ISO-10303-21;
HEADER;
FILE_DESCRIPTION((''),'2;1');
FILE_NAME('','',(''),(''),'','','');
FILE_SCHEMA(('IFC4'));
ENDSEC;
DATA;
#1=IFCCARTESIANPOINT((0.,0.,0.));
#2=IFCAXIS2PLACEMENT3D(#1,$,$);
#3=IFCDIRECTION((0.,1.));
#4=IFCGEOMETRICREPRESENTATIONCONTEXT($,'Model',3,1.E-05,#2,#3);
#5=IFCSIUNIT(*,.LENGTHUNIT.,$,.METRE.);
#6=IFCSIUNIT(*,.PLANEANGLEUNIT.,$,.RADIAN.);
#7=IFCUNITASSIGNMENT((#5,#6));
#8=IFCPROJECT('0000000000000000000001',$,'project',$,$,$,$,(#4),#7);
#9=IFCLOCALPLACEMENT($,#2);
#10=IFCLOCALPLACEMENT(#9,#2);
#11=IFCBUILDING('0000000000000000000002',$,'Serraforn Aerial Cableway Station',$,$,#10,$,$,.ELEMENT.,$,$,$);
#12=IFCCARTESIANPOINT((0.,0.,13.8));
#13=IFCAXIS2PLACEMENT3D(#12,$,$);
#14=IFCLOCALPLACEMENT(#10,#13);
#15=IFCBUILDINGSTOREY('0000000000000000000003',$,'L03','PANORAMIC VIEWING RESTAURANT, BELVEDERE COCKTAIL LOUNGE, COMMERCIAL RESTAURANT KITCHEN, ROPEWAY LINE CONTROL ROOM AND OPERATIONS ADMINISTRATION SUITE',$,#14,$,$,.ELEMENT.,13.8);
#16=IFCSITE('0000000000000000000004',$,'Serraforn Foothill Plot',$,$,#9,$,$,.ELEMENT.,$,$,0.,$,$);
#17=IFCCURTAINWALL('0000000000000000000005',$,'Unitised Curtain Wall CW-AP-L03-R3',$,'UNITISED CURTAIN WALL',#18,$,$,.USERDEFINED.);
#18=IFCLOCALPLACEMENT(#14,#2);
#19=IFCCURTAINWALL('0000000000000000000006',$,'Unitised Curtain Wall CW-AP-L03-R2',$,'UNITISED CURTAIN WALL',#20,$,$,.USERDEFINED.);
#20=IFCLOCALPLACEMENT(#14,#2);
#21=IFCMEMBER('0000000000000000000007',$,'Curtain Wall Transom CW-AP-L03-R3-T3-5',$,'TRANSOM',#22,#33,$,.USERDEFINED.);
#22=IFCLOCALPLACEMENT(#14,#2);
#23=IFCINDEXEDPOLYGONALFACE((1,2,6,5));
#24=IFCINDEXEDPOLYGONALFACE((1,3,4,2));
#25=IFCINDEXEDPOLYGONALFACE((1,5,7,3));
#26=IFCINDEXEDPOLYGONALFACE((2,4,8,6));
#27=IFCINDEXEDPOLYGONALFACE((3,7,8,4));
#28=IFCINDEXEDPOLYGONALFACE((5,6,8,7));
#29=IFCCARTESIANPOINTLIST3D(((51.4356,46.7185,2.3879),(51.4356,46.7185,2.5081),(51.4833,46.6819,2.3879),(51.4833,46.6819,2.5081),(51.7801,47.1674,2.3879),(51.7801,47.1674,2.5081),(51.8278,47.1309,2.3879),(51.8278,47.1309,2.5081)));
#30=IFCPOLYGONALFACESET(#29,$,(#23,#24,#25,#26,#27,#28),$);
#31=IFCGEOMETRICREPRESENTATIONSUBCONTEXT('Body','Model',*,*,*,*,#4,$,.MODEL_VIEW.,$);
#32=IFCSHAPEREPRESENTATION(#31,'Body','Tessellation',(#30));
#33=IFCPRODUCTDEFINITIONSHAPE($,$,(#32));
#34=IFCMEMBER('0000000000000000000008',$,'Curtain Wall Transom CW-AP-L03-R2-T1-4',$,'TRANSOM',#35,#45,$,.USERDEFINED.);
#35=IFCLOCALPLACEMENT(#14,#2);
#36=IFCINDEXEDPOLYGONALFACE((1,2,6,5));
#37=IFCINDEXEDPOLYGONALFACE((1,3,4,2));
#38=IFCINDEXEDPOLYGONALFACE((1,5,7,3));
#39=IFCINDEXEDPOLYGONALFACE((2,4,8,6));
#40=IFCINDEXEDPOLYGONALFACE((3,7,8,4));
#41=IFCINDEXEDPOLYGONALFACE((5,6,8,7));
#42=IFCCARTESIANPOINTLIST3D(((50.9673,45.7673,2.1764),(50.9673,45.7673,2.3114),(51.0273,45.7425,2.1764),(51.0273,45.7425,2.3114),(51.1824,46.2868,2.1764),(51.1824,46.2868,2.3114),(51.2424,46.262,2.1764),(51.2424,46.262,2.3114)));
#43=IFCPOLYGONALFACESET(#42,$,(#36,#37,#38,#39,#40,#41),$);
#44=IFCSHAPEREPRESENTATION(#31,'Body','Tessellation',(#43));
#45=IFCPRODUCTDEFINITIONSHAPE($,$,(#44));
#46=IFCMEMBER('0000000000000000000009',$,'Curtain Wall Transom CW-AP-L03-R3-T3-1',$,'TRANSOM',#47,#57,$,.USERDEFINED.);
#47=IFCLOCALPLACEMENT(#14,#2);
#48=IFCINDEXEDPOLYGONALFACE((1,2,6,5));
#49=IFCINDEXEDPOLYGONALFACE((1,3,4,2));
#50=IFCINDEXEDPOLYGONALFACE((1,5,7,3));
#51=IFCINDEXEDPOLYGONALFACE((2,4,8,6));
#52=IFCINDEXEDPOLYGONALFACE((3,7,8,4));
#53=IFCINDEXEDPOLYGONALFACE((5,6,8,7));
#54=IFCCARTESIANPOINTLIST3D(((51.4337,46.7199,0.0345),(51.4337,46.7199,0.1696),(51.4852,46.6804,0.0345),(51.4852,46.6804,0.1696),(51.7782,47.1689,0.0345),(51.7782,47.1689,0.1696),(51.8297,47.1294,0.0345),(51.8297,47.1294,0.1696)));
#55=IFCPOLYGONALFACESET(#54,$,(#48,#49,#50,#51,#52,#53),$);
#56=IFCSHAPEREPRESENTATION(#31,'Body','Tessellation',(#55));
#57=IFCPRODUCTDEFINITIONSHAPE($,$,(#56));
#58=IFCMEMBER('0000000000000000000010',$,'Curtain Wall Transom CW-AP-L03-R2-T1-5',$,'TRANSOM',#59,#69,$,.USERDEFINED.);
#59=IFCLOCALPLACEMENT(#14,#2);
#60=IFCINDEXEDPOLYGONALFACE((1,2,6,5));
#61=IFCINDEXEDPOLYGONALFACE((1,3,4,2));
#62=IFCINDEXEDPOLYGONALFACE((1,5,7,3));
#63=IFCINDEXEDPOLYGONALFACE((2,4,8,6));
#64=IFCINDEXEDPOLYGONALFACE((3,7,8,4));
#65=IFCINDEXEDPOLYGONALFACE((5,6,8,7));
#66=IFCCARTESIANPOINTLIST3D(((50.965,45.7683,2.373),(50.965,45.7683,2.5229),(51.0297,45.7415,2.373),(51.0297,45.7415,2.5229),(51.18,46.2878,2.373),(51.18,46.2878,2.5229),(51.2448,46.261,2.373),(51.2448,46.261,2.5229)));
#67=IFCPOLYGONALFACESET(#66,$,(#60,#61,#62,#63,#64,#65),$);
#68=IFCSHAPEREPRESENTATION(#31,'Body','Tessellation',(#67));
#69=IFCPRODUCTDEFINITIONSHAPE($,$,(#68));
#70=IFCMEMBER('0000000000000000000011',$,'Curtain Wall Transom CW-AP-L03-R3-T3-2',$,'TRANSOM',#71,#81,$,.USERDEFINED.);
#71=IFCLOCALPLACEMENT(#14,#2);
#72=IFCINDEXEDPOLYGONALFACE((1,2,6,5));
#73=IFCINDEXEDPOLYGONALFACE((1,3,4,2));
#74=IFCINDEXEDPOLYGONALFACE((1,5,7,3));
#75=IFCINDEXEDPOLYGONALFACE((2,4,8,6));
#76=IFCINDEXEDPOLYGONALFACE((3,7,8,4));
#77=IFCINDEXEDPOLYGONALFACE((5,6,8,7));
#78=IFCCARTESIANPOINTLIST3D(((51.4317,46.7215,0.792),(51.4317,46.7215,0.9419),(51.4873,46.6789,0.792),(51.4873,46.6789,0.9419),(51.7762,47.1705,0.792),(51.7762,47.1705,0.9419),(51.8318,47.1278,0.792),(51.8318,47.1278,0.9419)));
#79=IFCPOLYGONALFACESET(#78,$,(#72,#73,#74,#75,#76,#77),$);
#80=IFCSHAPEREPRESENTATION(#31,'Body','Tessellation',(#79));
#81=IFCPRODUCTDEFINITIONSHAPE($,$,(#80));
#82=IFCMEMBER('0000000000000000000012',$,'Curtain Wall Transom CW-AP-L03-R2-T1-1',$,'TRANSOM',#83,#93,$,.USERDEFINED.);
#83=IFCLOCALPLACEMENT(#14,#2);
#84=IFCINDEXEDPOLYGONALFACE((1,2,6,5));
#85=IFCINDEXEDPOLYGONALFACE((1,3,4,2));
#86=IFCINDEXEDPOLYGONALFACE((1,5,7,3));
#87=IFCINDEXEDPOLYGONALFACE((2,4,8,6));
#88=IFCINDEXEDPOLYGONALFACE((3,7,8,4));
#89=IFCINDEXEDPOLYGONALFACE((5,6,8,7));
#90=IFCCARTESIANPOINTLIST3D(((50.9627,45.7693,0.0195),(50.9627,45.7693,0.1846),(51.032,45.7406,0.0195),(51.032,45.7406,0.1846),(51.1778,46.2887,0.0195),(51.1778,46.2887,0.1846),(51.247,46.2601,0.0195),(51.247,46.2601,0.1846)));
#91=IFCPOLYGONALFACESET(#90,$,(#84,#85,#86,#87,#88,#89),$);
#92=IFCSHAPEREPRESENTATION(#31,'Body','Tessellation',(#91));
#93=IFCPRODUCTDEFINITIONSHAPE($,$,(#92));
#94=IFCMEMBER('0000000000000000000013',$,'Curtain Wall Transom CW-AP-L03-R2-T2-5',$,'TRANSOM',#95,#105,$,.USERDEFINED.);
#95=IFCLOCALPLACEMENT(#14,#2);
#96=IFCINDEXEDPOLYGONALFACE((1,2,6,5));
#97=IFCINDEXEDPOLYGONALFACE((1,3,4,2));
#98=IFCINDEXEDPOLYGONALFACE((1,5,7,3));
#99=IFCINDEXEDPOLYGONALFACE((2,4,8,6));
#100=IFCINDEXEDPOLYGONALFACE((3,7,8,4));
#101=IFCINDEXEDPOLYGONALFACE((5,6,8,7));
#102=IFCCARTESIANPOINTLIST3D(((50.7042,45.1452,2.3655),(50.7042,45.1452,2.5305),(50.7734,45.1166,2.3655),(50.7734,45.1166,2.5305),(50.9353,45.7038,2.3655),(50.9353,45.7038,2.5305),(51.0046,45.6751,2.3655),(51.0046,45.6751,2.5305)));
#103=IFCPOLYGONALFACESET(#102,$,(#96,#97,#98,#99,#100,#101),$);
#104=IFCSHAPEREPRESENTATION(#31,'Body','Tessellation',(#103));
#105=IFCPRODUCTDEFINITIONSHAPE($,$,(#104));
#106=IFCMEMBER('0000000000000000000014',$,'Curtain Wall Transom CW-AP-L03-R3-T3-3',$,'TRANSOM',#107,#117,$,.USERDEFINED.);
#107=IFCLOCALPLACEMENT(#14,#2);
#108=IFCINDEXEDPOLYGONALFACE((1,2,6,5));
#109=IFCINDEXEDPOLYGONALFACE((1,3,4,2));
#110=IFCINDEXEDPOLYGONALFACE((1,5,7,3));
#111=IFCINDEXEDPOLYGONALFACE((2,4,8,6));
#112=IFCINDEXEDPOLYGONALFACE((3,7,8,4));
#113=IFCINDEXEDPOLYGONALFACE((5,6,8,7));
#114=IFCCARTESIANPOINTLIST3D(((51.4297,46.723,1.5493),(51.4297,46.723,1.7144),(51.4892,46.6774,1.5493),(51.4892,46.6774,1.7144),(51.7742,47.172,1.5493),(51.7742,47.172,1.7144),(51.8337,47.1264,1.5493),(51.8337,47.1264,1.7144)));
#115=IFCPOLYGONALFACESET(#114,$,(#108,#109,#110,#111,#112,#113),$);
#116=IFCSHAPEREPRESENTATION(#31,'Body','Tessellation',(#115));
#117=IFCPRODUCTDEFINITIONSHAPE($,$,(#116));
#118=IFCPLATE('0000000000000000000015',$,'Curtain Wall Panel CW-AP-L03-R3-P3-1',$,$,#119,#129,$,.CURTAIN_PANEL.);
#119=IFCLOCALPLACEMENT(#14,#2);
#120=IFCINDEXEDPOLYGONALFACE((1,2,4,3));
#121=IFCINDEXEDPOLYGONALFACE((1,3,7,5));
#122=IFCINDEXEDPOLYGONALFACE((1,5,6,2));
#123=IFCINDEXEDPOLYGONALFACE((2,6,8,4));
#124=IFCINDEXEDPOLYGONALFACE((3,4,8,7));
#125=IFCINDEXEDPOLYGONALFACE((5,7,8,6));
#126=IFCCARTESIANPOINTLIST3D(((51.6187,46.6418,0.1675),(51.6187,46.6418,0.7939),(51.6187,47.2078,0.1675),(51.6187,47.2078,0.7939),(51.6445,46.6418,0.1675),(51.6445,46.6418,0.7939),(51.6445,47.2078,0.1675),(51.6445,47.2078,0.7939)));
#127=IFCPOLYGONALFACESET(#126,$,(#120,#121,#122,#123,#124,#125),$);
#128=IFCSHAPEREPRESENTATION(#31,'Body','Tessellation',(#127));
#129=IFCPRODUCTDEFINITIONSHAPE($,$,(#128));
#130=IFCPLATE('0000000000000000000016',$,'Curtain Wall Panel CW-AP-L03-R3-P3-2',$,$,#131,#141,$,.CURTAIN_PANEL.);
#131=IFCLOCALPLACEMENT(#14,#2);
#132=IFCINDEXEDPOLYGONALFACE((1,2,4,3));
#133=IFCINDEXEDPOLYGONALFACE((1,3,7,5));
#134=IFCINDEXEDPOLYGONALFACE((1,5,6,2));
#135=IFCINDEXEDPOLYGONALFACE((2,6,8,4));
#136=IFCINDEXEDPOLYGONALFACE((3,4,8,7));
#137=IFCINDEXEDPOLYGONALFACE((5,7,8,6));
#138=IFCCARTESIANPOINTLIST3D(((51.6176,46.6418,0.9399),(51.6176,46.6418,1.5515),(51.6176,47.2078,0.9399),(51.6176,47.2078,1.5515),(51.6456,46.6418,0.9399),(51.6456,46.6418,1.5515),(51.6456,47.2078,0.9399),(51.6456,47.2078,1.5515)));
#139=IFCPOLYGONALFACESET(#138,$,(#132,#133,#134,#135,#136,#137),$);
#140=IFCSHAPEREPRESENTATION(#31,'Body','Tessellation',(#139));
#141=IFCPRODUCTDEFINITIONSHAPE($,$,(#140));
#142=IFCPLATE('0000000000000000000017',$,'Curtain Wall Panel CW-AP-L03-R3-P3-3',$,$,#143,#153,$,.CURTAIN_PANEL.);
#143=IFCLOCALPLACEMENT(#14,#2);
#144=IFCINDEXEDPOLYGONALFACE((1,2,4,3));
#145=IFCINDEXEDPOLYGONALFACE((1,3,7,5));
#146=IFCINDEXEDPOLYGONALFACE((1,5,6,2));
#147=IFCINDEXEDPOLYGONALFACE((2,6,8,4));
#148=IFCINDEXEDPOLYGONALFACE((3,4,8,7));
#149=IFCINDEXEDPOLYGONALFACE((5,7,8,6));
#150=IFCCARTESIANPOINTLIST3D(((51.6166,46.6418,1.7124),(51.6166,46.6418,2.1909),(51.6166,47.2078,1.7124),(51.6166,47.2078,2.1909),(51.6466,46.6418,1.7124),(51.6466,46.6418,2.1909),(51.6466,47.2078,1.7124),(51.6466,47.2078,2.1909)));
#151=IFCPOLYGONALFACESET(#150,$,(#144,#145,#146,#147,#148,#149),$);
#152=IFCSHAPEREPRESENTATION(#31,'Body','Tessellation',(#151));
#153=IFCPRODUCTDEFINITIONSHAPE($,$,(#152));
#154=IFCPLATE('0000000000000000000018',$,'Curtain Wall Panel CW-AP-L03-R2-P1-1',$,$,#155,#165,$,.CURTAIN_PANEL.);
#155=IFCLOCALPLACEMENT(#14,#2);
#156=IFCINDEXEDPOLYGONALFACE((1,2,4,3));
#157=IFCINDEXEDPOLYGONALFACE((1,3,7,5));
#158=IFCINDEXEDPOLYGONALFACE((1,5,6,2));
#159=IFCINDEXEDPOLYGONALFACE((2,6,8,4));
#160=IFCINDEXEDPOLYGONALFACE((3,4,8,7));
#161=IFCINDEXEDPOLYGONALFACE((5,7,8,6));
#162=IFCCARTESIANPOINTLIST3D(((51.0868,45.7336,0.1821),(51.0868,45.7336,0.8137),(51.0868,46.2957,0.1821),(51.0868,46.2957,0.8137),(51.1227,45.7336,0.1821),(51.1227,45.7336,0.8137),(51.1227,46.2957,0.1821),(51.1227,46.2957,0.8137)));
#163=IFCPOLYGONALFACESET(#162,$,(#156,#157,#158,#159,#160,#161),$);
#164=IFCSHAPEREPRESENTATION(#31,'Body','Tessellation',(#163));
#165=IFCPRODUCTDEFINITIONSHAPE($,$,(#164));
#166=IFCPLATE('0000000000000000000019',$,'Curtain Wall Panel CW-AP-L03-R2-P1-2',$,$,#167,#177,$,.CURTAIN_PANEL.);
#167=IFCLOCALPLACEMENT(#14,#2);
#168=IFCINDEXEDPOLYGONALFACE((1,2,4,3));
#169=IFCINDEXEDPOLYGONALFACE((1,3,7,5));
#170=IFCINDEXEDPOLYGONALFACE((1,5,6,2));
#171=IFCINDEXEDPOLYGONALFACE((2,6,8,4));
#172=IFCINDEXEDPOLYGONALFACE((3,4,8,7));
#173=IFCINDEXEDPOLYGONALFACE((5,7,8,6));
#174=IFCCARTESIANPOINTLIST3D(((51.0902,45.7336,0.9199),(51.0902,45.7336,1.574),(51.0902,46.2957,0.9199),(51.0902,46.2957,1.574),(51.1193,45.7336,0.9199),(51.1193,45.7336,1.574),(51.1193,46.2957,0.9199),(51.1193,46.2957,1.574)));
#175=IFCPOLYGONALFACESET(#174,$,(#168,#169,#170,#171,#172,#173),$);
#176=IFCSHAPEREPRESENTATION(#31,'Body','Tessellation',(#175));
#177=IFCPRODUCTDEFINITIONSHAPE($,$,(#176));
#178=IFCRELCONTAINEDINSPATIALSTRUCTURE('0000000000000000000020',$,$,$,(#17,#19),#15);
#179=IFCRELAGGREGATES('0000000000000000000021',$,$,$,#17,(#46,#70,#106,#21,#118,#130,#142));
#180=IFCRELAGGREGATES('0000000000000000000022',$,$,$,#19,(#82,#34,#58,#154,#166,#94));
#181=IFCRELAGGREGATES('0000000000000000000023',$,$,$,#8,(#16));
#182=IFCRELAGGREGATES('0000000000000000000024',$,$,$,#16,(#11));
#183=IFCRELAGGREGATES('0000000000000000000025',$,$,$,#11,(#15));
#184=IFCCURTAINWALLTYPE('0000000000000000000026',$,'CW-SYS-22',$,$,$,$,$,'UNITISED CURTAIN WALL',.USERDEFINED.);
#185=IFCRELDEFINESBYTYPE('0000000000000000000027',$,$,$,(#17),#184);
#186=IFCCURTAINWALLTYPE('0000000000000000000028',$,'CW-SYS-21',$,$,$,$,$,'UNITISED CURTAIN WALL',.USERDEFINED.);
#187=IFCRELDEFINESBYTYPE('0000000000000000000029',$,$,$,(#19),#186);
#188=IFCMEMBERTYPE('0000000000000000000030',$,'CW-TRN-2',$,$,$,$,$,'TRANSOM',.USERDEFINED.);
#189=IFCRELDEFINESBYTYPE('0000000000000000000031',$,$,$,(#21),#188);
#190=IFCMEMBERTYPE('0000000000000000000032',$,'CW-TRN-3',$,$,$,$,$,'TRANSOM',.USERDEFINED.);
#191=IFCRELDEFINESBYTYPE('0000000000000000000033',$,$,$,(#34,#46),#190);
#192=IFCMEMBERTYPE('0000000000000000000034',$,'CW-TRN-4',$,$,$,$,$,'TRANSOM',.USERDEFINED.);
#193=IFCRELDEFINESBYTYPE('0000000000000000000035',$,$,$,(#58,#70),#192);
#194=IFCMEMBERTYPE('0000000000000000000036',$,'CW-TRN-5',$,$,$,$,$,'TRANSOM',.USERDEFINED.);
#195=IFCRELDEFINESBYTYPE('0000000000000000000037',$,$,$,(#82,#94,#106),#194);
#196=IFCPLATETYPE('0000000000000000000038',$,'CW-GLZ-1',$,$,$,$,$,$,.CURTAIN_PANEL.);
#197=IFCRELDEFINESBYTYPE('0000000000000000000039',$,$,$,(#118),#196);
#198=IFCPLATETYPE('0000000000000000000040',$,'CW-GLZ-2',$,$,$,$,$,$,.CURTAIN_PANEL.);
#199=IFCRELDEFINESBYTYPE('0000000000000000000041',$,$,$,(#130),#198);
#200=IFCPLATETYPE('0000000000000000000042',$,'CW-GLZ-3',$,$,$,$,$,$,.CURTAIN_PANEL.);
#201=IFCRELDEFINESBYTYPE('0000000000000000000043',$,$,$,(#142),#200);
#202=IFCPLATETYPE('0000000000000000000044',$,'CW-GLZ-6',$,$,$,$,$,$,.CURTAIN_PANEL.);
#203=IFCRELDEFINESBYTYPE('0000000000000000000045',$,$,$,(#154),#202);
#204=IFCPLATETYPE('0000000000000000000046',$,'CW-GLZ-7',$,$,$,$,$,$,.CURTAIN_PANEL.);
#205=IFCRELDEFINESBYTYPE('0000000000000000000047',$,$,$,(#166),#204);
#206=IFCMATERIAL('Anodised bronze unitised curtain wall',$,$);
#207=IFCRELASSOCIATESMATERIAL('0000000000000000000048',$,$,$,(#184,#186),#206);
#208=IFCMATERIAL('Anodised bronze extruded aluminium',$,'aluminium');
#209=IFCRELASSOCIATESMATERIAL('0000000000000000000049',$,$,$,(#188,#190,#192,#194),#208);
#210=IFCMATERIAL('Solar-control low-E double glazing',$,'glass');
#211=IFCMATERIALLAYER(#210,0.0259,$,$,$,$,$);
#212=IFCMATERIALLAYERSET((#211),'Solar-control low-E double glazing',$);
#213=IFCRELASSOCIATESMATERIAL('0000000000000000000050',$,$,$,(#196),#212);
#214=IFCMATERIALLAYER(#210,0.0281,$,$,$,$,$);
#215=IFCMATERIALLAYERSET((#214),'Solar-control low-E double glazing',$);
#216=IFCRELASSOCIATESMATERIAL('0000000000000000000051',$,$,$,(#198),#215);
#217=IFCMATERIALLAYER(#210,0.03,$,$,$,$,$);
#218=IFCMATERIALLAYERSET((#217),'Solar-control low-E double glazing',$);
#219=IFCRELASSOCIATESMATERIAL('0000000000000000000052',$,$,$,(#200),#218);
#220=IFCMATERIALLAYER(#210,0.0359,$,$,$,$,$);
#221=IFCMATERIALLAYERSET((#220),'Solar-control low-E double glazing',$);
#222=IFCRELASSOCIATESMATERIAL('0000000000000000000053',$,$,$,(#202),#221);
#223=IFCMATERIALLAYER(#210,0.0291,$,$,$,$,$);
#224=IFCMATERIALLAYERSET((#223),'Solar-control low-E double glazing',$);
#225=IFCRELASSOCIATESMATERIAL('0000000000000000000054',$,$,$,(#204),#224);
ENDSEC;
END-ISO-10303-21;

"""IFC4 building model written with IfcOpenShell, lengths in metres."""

from ifc_helpers import new_model, si_unit, direction, frame, origin, origin_2d, place, context, subcontext, project, spatial, rectangle, extrude, material, layer, layer_set, material_profile, profile_set, type_object, element, aggregate, save


model = new_model("IFC4")

# Units and contexts
model_context = context("Model", 3, precision=1e-05, world=origin(), true_north=direction((0.0, 1.0)))
body_context = subcontext(model_context, "Body", "Model", "MODEL_VIEW")
ifc_project = project(units=[si_unit("LENGTHUNIT", "METRE"), si_unit("PLANEANGLEUNIT", "RADIAN")], contexts=[model_context])

# Site, building, storey
site_placement = place(None, origin())
site = spatial("IfcSite", under=ifc_project, at=site_placement, Name="Serraforn Foothill Plot", CompositionType="ELEMENT", RefElevation=0.0)
building_placement = place(site_placement, origin())
building = spatial("IfcBuilding", under=site, at=building_placement, Name="Serraforn Aerial Cableway Station", CompositionType="ELEMENT")
storey_placement = place(building_placement, frame((0.0, 0.0, 13.8)))
storey = spatial("IfcBuildingStorey", under=building, at=storey_placement, Name="L03", Description="PANORAMIC VIEWING RESTAURANT, BELVEDERE COCKTAIL LOUNGE, COMMERCIAL RESTAURANT KITCHEN, ROPEWAY LINE CONTROL ROOM AND OPERATIONS ADMINISTRATION SUITE", CompositionType="ELEMENT", Elevation=13.8)

# Curtain wall
ifc_material_1 = material(Name="Anodised bronze unitised curtain wall")
curtain_wall_type_1 = type_object("IfcCurtainWallType", Name="CW-SYS-22", ElementType="UNITISED CURTAIN WALL", PredefinedType="USERDEFINED", material=ifc_material_1)
curtain_wall_1_placement = place(storey_placement, origin())
curtain_wall_1 = element("IfcCurtainWall", 1, at=curtain_wall_1_placement, inside=storey, type_object=curtain_wall_type_1, Name="Unitised Curtain Wall CW-AP-L03-R3", ObjectType="UNITISED CURTAIN WALL", PredefinedType="USERDEFINED")
ifc_material_2 = material(Name="Anodised bronze extruded aluminium", Category="aluminium")

# Curtain wall
curtain_wall_type_2 = type_object("IfcCurtainWallType", Name="CW-SYS-21", ElementType="UNITISED CURTAIN WALL", PredefinedType="USERDEFINED", material=ifc_material_1)
curtain_wall_2_placement = place(storey_placement, origin())
curtain_wall_2 = element("IfcCurtainWall", 2, at=curtain_wall_2_placement, inside=storey, type_object=curtain_wall_type_2, Name="Unitised Curtain Wall CW-AP-L03-R2", ObjectType="UNITISED CURTAIN WALL", PredefinedType="USERDEFINED")

# Members
ifc_material_profile_1 = material_profile(ifc_material_2, rectangle(XDim=0.0601, YDim=0.1201, at=origin_2d()), Name="CW TRANSOM 60x120")
ifc_profile_set_1 = profile_set([ifc_material_profile_1], Name="Anodised bronze extruded aluminium")
member_type_1 = type_object("IfcMemberType", Name="CW-TRN-2", ElementType="TRANSOM", PredefinedType="USERDEFINED", material=ifc_profile_set_1)
member_1_placement = place(storey_placement, frame((51.804, 47.1492, 2.448), z_axis=(-0.60873, -0.793377, 0.0), x_axis=(0.793377, -0.60873, 0.0)))
member_1 = element("IfcMember", 3, at=member_1_placement, type_object=member_type_1, Name="Curtain Wall Transom CW-AP-L03-R3-T3-5", ObjectType="TRANSOM", PredefinedType="USERDEFINED", context=body_context, shape_type="SweptSolid", body=[
    extrude(rectangle(XDim=0.0601, YDim=0.1201, at=origin_2d()), origin(), (0.0, 0.0, 1.0), 0.5659),
])
ifc_material_profile_2 = material_profile(ifc_material_2, rectangle(XDim=0.0649, YDim=0.135, at=origin_2d()), Name="CW TRANSOM 65x135")
ifc_profile_set_2 = profile_set([ifc_material_profile_2], Name="Anodised bronze extruded aluminium")
member_type_2 = type_object("IfcMemberType", Name="CW-TRN-3", ElementType="TRANSOM", PredefinedType="USERDEFINED", material=ifc_profile_set_2)
member_2_placement = place(storey_placement, frame((51.2124, 46.2744, 2.2439), z_axis=(-0.382518, -0.923948, 0.0), x_axis=(0.923948, -0.382518, 0.0)))
member_2 = element("IfcMember", 4, at=member_2_placement, type_object=member_type_2, Name="Curtain Wall Transom CW-AP-L03-R2-T1-4", ObjectType="TRANSOM", PredefinedType="USERDEFINED", context=body_context, shape_type="SweptSolid", body=[
    extrude(rectangle(XDim=0.0649, YDim=0.135, at=origin_2d()), origin(), (0.0, 0.0, 1.0), 0.5623),
])
member_3_placement = place(storey_placement, frame((51.804, 47.1492, 0.1021), z_axis=(-0.60873, -0.793377, 0.0), x_axis=(0.793377, -0.60873, 0.0)))
member_3 = element("IfcMember", 5, at=member_3_placement, type_object=member_type_2, Name="Curtain Wall Transom CW-AP-L03-R3-T3-1", ObjectType="TRANSOM", PredefinedType="USERDEFINED", context=body_context, shape_type="SweptSolid", body=[
    extrude(rectangle(XDim=0.0649, YDim=0.135, at=origin_2d()), origin(), (0.0, 0.0, 1.0), 0.5659),
])
ifc_material_profile_3 = material_profile(ifc_material_2, rectangle(XDim=0.0701, YDim=0.1499, at=origin_2d()), Name="CW TRANSOM 70x150")
ifc_profile_set_3 = profile_set([ifc_material_profile_3], Name="Anodised bronze extruded aluminium")
member_type_3 = type_object("IfcMemberType", Name="CW-TRN-4", ElementType="TRANSOM", PredefinedType="USERDEFINED", material=ifc_profile_set_3)
member_4_placement = place(storey_placement, frame((51.2124, 46.2744, 2.448), z_axis=(-0.382518, -0.923948, 0.0), x_axis=(0.923948, -0.382518, 0.0)))
member_4 = element("IfcMember", 6, at=member_4_placement, type_object=member_type_3, Name="Curtain Wall Transom CW-AP-L03-R2-T1-5", ObjectType="TRANSOM", PredefinedType="USERDEFINED", context=body_context, shape_type="SweptSolid", body=[
    extrude(rectangle(XDim=0.0701, YDim=0.1499, at=origin_2d()), origin(), (0.0, 0.0, 1.0), 0.5623),
])
member_5_placement = place(storey_placement, frame((51.804, 47.1492, 0.8669), z_axis=(-0.60873, -0.793377, 0.0), x_axis=(0.793377, -0.60873, 0.0)))
member_5 = element("IfcMember", 7, at=member_5_placement, type_object=member_type_3, Name="Curtain Wall Transom CW-AP-L03-R3-T3-2", ObjectType="TRANSOM", PredefinedType="USERDEFINED", context=body_context, shape_type="SweptSolid", body=[
    extrude(rectangle(XDim=0.0701, YDim=0.1499, at=origin_2d()), origin(), (0.0, 0.0, 1.0), 0.5659),
])
ifc_material_profile_4 = material_profile(ifc_material_2, rectangle(XDim=0.075, YDim=0.165, at=origin_2d()), Name="CW TRANSOM 75x165")
ifc_profile_set_4 = profile_set([ifc_material_profile_4], Name="Anodised bronze extruded aluminium")
member_type_4 = type_object("IfcMemberType", Name="CW-TRN-5", ElementType="TRANSOM", PredefinedType="USERDEFINED", material=ifc_profile_set_4)
member_6_placement = place(storey_placement, frame((51.2124, 46.2744, 0.1021), z_axis=(-0.382518, -0.923948, 0.0), x_axis=(0.923948, -0.382518, 0.0)))
member_6 = element("IfcMember", 8, at=member_6_placement, type_object=member_type_4, Name="Curtain Wall Transom CW-AP-L03-R2-T1-1", ObjectType="TRANSOM", PredefinedType="USERDEFINED", context=body_context, shape_type="SweptSolid", body=[
    extrude(rectangle(XDim=0.075, YDim=0.165, at=origin_2d()), origin(), (0.0, 0.0, 1.0), 0.5623),
])
member_7_placement = place(storey_placement, frame((50.97, 45.6895, 2.448), z_axis=(-0.382435, -0.923982, 0.0), x_axis=(0.923982, -0.382435, 0.0)))
member_7 = element("IfcMember", 9, at=member_7_placement, type_object=member_type_4, Name="Curtain Wall Transom CW-AP-L03-R2-T2-5", ObjectType="TRANSOM", PredefinedType="USERDEFINED", context=body_context, shape_type="SweptSolid", body=[
    extrude(rectangle(XDim=0.075, YDim=0.165, at=origin_2d()), origin(), (0.0, 0.0, 1.0), 0.6045),
])
member_8_placement = place(storey_placement, frame((51.804, 47.1492, 1.6318), z_axis=(-0.60873, -0.793377, 0.0), x_axis=(0.793377, -0.60873, 0.0)))
member_8 = element("IfcMember", 10, at=member_8_placement, type_object=member_type_4, Name="Curtain Wall Transom CW-AP-L03-R3-T3-3", ObjectType="TRANSOM", PredefinedType="USERDEFINED", context=body_context, shape_type="SweptSolid", body=[
    extrude(rectangle(XDim=0.075, YDim=0.165, at=origin_2d()), origin(), (0.0, 0.0, 1.0), 0.5659),
])

# Plates
ifc_material_3 = material(Name="Solar-control low-E double glazing", Category="glass")
ifc_layer_1 = layer(ifc_material_3, 0.0259)
ifc_layer_set_1 = layer_set([ifc_layer_1], Name="Solar-control low-E double glazing")
plate_type_1 = type_object("IfcPlateType", Name="CW-GLZ-1", PredefinedType="CURTAIN_PANEL", material=ifc_layer_set_1)
plate_1_placement = place(storey_placement, frame((51.6316, 46.9248, 0.1675), z_axis=(0.0, 0.0, 1.0), x_axis=(1.0, 0.0, 0.0)))
plate_1 = element("IfcPlate", 11, at=plate_1_placement, type_object=plate_type_1, Name="Curtain Wall Panel CW-AP-L03-R3-P3-1", PredefinedType="CURTAIN_PANEL", context=body_context, shape_type="SweptSolid", body=[
    extrude(rectangle(XDim=0.0259, YDim=0.5659, at=origin_2d()), origin(), (0.0, 0.0, 1.0), 0.6265),
])
ifc_layer_2 = layer(ifc_material_3, 0.0281)
ifc_layer_set_2 = layer_set([ifc_layer_2], Name="Solar-control low-E double glazing")
plate_type_2 = type_object("IfcPlateType", Name="CW-GLZ-2", PredefinedType="CURTAIN_PANEL", material=ifc_layer_set_2)
plate_2_placement = place(storey_placement, frame((51.6316, 46.9248, 0.9399), z_axis=(0.0, 0.0, 1.0), x_axis=(1.0, 0.0, 0.0)))
plate_2 = element("IfcPlate", 12, at=plate_2_placement, type_object=plate_type_2, Name="Curtain Wall Panel CW-AP-L03-R3-P3-2", PredefinedType="CURTAIN_PANEL", context=body_context, shape_type="SweptSolid", body=[
    extrude(rectangle(XDim=0.0281, YDim=0.5659, at=origin_2d()), origin(), (0.0, 0.0, 1.0), 0.6116),
])
ifc_layer_3 = layer(ifc_material_3, 0.03)
ifc_layer_set_3 = layer_set([ifc_layer_3], Name="Solar-control low-E double glazing")
plate_type_3 = type_object("IfcPlateType", Name="CW-GLZ-3", PredefinedType="CURTAIN_PANEL", material=ifc_layer_set_3)
plate_3_placement = place(storey_placement, frame((51.6316, 46.9248, 1.7124), z_axis=(0.0, 0.0, 1.0), x_axis=(1.0, 0.0, 0.0)))
plate_3 = element("IfcPlate", 13, at=plate_3_placement, type_object=plate_type_3, Name="Curtain Wall Panel CW-AP-L03-R3-P3-3", PredefinedType="CURTAIN_PANEL", context=body_context, shape_type="SweptSolid", body=[
    extrude(rectangle(XDim=0.03, YDim=0.5659, at=origin_2d()), origin(), (0.0, 0.0, 1.0), 0.4785),
])
aggregate(curtain_wall_1, [member_3, member_5, member_8, member_1, plate_1, plate_2, plate_3])
ifc_layer_4 = layer(ifc_material_3, 0.0359)
ifc_layer_set_4 = layer_set([ifc_layer_4], Name="Solar-control low-E double glazing")
plate_type_4 = type_object("IfcPlateType", Name="CW-GLZ-6", PredefinedType="CURTAIN_PANEL", material=ifc_layer_set_4)
plate_4_placement = place(storey_placement, frame((51.1047, 46.0146, 0.1821), z_axis=(0.0, 0.0, 1.0), x_axis=(1.0, 0.0, 0.0)))
plate_4 = element("IfcPlate", 14, at=plate_4_placement, type_object=plate_type_4, Name="Curtain Wall Panel CW-AP-L03-R2-P1-1", PredefinedType="CURTAIN_PANEL", context=body_context, shape_type="SweptSolid", body=[
    extrude(rectangle(XDim=0.0359, YDim=0.562, at=origin_2d()), origin(), (0.0, 0.0, 1.0), 0.6316),
])
ifc_layer_5 = layer(ifc_material_3, 0.0291)
ifc_layer_set_5 = layer_set([ifc_layer_5], Name="Solar-control low-E double glazing")
plate_type_5 = type_object("IfcPlateType", Name="CW-GLZ-7", PredefinedType="CURTAIN_PANEL", material=ifc_layer_set_5)
plate_5_placement = place(storey_placement, frame((51.1047, 46.0146, 0.9199), z_axis=(0.0, 0.0, 1.0), x_axis=(1.0, 0.0, 0.0)))
plate_5 = element("IfcPlate", 15, at=plate_5_placement, type_object=plate_type_5, Name="Curtain Wall Panel CW-AP-L03-R2-P1-2", PredefinedType="CURTAIN_PANEL", context=body_context, shape_type="SweptSolid", body=[
    extrude(rectangle(XDim=0.0291, YDim=0.562, at=origin_2d()), origin(), (0.0, 0.0, 1.0), 0.6541),
])
aggregate(curtain_wall_2, [member_6, member_2, member_4, plate_4, plate_5, member_7])

save(model, "model.ifc")
